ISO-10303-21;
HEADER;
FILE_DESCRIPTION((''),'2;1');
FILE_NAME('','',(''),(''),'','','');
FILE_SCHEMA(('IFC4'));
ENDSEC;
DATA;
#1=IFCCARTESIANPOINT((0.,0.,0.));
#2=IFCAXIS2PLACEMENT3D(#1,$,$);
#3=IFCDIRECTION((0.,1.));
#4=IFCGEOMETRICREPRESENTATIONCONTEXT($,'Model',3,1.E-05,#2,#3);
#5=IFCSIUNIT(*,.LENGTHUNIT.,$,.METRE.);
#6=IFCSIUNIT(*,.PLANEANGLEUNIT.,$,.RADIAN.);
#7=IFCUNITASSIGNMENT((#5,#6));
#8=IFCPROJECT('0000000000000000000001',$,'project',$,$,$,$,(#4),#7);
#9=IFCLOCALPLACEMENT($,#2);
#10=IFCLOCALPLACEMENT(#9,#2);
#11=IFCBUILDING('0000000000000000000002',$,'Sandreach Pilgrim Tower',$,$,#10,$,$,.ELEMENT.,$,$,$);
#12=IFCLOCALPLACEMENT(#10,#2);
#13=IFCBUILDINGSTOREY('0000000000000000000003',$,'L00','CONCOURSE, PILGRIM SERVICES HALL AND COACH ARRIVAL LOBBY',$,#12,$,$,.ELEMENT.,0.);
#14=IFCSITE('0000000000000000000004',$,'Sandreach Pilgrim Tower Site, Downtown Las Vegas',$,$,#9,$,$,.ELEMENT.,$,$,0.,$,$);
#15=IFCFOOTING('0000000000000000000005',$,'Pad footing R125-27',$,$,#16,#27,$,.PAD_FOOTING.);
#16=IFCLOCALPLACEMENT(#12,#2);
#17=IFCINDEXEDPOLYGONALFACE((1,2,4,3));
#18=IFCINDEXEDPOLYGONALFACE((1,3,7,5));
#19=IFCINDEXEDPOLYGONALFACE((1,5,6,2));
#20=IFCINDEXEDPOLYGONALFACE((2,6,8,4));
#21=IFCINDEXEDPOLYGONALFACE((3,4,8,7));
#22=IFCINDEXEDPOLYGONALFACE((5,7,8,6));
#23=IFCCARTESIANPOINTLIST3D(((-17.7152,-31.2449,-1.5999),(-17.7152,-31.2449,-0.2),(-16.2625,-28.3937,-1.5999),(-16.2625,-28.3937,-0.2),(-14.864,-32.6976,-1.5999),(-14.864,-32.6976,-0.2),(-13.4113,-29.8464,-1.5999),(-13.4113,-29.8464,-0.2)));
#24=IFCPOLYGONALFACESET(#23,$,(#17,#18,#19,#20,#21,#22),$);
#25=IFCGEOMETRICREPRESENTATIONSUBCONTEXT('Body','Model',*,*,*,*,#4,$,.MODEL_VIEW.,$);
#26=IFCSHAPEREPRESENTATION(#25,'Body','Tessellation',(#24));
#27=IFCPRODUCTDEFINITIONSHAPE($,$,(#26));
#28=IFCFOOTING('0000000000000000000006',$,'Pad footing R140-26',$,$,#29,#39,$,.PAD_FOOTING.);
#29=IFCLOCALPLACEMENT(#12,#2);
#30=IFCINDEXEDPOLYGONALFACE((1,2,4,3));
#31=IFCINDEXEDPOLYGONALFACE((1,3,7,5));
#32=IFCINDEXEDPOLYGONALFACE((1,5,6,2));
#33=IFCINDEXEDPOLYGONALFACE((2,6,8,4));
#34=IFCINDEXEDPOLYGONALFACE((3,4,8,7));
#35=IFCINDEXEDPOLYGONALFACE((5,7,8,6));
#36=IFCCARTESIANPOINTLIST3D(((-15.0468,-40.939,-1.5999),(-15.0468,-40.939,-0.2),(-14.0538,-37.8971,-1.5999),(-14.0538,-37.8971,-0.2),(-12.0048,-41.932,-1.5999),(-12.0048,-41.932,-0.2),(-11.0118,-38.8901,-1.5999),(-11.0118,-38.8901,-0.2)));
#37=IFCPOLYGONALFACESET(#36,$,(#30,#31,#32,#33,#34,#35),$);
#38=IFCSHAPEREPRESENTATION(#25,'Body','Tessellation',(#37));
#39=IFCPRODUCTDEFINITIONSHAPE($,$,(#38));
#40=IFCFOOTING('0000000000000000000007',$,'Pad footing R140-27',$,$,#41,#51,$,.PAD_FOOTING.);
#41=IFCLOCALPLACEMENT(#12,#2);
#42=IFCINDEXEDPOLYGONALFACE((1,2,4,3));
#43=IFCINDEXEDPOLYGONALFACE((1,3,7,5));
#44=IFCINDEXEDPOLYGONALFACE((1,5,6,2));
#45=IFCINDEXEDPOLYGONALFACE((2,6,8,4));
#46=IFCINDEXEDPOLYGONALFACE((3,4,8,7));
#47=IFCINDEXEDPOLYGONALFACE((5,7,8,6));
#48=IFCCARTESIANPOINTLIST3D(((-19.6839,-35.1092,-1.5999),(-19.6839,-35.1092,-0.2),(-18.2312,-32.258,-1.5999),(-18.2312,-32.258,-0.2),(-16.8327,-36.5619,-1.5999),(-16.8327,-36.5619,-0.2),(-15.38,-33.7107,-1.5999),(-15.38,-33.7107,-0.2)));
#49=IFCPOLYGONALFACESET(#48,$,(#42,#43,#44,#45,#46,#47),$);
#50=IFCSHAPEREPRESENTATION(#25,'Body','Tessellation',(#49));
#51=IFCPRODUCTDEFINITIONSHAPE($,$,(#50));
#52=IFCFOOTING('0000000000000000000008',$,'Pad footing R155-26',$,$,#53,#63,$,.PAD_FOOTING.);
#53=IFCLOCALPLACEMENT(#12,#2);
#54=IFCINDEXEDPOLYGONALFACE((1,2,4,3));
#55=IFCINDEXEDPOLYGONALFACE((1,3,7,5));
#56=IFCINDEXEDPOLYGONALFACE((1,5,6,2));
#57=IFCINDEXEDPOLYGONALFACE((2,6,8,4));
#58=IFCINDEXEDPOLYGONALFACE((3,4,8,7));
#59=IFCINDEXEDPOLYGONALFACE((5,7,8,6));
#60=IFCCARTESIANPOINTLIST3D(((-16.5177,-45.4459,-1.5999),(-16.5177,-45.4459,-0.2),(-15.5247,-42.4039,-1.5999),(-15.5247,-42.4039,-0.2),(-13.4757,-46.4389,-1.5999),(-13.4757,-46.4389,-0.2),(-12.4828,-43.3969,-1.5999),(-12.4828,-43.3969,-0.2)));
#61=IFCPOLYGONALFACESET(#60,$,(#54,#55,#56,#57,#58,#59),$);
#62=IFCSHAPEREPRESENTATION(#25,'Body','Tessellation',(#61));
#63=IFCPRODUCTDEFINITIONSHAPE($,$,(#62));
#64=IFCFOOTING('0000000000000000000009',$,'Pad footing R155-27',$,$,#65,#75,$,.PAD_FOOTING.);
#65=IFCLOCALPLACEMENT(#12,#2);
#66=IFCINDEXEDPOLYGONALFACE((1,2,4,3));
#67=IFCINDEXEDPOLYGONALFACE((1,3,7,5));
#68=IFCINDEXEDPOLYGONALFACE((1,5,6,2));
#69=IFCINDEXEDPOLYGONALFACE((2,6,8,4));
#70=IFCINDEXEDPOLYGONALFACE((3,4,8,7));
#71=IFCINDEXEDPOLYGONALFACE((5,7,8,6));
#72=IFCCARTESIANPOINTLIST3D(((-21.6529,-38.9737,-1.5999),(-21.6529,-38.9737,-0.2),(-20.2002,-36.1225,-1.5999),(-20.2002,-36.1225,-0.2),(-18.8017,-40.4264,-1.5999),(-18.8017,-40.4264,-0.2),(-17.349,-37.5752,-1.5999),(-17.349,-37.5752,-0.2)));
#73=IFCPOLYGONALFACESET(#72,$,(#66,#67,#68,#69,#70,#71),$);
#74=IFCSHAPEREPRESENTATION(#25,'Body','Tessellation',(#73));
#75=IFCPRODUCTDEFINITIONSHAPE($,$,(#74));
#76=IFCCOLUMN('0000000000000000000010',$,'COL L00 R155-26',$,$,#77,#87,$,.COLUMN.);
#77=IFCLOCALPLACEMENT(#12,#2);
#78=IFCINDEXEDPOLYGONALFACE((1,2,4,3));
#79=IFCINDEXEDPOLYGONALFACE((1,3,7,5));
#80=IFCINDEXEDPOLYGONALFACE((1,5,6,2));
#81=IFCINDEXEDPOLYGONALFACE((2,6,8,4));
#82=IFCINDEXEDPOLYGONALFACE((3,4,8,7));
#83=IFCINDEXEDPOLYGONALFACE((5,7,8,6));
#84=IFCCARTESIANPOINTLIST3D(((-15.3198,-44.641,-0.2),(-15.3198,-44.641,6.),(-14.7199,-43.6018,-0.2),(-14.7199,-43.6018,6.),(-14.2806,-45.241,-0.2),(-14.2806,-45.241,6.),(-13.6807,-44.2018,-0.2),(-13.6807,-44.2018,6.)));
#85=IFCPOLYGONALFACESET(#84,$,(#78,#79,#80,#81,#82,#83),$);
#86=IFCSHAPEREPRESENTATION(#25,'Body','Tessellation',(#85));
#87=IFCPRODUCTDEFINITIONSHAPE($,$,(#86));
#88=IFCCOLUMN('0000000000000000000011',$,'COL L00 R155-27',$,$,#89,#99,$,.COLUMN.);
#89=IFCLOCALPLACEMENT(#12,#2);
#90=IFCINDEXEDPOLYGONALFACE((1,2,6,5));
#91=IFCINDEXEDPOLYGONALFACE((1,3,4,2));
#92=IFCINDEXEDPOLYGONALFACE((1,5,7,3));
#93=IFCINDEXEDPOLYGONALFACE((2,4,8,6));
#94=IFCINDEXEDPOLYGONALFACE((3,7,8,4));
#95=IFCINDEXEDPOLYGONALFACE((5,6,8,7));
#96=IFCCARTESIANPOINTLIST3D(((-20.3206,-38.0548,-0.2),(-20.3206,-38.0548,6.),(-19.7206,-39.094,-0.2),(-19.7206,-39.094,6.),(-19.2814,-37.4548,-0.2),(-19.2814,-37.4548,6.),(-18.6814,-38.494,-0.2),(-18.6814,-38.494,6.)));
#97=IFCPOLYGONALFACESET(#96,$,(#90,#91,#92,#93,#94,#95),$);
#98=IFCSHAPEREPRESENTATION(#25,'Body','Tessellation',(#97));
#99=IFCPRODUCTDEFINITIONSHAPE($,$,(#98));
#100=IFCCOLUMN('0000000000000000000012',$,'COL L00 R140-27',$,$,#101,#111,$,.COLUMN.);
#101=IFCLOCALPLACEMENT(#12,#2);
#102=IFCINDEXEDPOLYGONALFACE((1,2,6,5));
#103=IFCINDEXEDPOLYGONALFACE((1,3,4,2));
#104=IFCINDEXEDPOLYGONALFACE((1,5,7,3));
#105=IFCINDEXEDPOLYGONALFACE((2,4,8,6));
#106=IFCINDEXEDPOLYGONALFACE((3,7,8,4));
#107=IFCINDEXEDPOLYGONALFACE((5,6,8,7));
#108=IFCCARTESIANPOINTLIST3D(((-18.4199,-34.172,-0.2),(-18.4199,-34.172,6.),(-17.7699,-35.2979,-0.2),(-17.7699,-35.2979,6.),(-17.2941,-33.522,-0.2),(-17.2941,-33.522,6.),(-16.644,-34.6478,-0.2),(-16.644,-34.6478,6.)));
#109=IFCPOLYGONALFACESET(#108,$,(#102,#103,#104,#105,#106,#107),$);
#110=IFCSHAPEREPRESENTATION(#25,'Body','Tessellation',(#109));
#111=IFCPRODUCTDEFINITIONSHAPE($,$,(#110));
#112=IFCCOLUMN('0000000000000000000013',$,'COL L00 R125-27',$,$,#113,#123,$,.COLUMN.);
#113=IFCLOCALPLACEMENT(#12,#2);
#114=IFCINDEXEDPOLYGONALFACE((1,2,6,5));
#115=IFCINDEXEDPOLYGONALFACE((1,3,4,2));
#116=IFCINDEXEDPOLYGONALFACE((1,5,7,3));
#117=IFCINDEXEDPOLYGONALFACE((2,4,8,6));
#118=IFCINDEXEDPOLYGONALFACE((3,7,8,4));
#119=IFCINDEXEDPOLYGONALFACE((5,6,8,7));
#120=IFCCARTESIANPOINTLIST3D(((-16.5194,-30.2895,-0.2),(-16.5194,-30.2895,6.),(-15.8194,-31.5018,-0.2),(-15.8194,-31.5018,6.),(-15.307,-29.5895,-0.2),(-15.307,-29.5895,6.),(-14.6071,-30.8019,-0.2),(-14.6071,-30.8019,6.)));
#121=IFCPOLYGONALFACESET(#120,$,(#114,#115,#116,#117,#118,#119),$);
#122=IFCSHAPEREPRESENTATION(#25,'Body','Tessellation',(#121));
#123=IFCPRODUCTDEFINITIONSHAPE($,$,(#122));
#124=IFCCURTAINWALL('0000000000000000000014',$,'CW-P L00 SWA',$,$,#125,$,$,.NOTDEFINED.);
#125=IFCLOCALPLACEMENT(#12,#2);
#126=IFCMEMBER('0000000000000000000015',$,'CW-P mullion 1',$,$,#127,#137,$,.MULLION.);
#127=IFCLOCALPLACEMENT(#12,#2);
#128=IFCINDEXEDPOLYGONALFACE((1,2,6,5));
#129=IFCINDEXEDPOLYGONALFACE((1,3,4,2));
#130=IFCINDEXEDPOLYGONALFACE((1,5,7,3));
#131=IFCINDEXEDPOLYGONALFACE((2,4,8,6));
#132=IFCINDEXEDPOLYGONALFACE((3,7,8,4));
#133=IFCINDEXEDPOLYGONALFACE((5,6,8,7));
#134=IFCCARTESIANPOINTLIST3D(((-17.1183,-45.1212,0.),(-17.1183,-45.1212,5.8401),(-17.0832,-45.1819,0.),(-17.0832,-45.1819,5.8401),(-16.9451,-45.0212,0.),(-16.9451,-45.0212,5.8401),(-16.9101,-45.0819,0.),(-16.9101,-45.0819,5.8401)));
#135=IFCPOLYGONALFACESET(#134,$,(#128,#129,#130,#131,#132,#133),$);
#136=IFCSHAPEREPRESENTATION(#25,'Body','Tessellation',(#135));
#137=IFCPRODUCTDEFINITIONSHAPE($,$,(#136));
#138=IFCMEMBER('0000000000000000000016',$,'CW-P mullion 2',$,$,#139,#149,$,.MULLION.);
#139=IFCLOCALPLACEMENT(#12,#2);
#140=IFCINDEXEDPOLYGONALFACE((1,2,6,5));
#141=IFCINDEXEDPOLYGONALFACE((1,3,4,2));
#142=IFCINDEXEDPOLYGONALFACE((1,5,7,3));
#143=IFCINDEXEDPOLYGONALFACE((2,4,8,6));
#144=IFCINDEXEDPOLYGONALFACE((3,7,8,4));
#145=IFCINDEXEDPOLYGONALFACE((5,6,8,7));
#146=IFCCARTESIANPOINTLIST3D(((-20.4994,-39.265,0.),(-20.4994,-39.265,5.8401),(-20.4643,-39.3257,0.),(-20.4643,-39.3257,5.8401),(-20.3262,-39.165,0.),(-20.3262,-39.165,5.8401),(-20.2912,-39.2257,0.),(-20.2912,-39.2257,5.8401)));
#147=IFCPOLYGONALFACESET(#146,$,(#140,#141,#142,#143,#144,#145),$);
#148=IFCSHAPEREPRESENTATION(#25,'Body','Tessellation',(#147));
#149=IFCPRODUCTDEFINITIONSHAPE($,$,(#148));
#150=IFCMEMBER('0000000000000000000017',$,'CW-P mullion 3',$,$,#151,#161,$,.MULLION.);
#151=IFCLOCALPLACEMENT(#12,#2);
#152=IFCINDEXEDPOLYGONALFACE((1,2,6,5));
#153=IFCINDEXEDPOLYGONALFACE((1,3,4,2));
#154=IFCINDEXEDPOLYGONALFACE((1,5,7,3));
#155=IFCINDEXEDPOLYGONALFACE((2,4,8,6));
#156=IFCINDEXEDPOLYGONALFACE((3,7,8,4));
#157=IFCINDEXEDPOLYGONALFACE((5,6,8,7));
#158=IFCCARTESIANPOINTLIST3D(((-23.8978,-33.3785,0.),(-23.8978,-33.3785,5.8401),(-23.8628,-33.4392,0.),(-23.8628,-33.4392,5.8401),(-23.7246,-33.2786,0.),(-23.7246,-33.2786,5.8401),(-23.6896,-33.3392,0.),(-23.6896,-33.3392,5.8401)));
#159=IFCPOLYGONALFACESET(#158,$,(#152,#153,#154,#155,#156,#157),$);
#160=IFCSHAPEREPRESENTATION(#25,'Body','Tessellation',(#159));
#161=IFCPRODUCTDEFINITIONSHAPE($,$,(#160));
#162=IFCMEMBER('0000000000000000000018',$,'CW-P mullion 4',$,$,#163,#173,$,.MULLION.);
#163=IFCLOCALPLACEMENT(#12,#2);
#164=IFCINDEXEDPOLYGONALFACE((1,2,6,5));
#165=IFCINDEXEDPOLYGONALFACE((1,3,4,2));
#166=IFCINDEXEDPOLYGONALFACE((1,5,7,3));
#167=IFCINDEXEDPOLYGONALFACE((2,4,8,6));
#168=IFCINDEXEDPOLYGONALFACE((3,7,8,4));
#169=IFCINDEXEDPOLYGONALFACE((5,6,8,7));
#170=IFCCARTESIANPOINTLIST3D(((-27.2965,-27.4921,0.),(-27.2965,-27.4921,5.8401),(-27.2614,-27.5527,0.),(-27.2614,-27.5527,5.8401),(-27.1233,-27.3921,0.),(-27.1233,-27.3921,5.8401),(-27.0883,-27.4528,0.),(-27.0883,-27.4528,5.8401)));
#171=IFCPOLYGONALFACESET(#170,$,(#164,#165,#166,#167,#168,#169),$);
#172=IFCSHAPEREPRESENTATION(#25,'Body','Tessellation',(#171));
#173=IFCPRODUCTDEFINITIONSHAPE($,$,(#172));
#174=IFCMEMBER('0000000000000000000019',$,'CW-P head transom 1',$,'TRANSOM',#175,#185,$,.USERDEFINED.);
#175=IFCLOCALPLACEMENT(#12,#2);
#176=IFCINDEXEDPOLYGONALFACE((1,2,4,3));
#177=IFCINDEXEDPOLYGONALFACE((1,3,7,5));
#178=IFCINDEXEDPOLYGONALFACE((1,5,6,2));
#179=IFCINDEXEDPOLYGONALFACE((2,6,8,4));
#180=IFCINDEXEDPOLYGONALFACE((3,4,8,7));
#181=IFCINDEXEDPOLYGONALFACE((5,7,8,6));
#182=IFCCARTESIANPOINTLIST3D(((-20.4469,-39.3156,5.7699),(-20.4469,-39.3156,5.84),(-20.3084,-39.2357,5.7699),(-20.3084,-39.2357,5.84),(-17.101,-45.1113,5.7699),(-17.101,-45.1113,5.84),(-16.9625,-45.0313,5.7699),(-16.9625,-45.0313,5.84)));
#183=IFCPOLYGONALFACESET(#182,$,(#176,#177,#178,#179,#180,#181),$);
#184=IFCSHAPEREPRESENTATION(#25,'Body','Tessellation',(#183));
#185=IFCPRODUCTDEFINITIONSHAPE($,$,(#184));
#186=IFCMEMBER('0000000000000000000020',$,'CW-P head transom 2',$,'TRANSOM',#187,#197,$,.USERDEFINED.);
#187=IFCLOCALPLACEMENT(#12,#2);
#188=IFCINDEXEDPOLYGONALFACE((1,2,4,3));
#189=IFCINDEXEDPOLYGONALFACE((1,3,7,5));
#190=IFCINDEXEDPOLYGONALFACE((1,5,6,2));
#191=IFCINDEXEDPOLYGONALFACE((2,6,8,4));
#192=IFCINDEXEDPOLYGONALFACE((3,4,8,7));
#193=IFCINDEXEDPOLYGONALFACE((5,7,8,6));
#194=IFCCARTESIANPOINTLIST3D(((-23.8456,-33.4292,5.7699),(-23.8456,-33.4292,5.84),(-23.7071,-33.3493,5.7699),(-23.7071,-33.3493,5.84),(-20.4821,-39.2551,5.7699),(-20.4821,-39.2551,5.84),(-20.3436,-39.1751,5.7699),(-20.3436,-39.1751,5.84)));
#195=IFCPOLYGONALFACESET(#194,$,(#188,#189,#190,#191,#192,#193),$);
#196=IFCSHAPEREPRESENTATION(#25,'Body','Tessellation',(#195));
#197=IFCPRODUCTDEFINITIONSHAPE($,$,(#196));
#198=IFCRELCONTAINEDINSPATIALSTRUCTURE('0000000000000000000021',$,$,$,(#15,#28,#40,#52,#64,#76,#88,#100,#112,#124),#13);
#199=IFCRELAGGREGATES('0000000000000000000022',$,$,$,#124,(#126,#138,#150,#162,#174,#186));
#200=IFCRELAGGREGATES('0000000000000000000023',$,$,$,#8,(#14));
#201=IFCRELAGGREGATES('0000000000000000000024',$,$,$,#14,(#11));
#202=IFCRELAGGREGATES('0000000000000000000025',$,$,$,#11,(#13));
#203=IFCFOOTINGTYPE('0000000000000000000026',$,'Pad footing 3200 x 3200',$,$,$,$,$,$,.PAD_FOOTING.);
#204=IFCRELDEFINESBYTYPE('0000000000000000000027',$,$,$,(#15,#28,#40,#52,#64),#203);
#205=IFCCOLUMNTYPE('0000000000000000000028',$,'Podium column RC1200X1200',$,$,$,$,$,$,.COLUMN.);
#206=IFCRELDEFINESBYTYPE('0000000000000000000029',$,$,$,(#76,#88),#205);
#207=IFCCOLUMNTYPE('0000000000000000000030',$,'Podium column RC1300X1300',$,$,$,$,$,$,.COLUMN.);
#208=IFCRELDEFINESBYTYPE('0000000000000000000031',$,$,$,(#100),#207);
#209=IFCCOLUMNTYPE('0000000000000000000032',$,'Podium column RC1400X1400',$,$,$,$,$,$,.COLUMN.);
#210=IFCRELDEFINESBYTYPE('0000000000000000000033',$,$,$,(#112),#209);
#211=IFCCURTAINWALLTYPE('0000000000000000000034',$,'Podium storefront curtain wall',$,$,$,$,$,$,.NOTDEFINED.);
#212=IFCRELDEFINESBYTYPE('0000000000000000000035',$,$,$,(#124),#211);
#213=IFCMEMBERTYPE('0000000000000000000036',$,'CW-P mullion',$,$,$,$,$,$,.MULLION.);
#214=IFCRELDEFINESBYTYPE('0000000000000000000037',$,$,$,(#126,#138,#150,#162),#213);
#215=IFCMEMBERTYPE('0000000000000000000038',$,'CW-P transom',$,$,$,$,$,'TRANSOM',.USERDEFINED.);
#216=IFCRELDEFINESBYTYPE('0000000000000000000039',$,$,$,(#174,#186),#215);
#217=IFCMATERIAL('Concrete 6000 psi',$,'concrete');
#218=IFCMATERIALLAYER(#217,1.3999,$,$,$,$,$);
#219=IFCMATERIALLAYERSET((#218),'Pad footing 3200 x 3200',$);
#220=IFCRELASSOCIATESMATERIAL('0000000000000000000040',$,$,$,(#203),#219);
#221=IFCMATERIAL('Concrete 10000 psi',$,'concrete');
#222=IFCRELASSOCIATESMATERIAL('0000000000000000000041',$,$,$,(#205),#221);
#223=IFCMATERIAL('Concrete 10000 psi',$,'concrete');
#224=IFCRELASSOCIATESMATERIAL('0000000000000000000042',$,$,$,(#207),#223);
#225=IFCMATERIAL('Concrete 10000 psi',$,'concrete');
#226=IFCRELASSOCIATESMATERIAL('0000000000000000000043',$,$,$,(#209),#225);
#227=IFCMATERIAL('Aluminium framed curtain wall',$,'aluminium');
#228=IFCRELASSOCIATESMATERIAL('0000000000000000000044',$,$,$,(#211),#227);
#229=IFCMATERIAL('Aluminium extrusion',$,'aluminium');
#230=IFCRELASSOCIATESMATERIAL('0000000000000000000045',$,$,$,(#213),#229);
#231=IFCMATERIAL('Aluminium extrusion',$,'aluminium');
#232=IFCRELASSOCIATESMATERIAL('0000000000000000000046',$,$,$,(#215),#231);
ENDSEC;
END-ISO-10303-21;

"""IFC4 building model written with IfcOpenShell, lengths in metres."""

from ifc_helpers import new_model, si_unit, direction, frame, origin, origin_2d, place, context, subcontext, project, spatial, rectangle, extrude, material, layer, layer_set, material_profile, profile_set, type_object, element, aggregate, save


model = new_model("IFC4")

# Units and contexts
model_context = context("Model", 3, precision=1e-05, world=origin(), true_north=direction((0.0, 1.0)))
body_context = subcontext(model_context, "Body", "Model", "MODEL_VIEW")
ifc_project = project(units=[si_unit("LENGTHUNIT", "METRE"), si_unit("PLANEANGLEUNIT", "RADIAN")], contexts=[model_context])

# Site, building, storey
site_placement = place(None, origin())
site = spatial("IfcSite", under=ifc_project, at=site_placement, Name="Sandreach Pilgrim Tower Site, Downtown Las Vegas", CompositionType="ELEMENT", RefElevation=0.0)
building_placement = place(site_placement, origin())
building = spatial("IfcBuilding", under=site, at=building_placement, Name="Sandreach Pilgrim Tower", CompositionType="ELEMENT")
storey_placement = place(building_placement, origin())
storey = spatial("IfcBuildingStorey", under=building, at=storey_placement, Name="L00", Description="CONCOURSE, PILGRIM SERVICES HALL AND COACH ARRIVAL LOBBY", CompositionType="ELEMENT", Elevation=0.0)

# Footings
ifc_material_1 = material(Name="Concrete 6000 psi", Category="concrete")
ifc_layer_1 = layer(ifc_material_1, 1.3999)
ifc_layer_set_1 = layer_set([ifc_layer_1], Name="Pad footing 3200 x 3200")
footing_type = type_object("IfcFootingType", Name="Pad footing 3200 x 3200", PredefinedType="PAD_FOOTING", material=ifc_layer_set_1)
for number, where, z_axis, x_axis, name in (
    (1, (-15.5632, -30.5457, -1.5999), (0.0, 0.0, 1.0), (-0.453977, -0.891013, 0.0), "Pad footing R125-27"),
    (2, (-13.0293, -39.9146, -1.5999), (0.0, 0.0, 1.0), (-0.310313, -0.950635, 0.0), "Pad footing R140-26"),
    (3, (-17.532, -34.4099, -1.5999), (0.0, 0.0, 1.0), (-0.453977, -0.891013, 0.0), "Pad footing R140-27"),
    (4, (-14.5002, -44.4214, -1.5999), (0.0, 0.0, 1.0), (-0.310313, -0.950635, 0.0), "Pad footing R155-26"),
    (5, (-19.501, -38.2744, -1.5999), (0.0, 0.0, 1.0), (-0.453977, -0.891013, 0.0), "Pad footing R155-27"),
):
    element("IfcFooting", number, at=place(storey_placement, frame(where, z_axis=z_axis, x_axis=x_axis)), inside=storey, type_object=footing_type, Name=name, PredefinedType="PAD_FOOTING", context=body_context, shape_type="SweptSolid", body=[
        extrude(rectangle(XDim=3.2, YDim=3.2, at=origin_2d()), origin(), (0.0, 0.0, 1.0), 1.3999),
    ])

# Columns
ifc_material_2 = material(Name="Concrete 10000 psi", Category="concrete")
ifc_material_profile_1 = material_profile(ifc_material_2, rectangle(XDim=1.2, YDim=1.2, at=origin_2d()), Name="RC1200X1200")
ifc_profile_set_1 = profile_set([ifc_material_profile_1], Name="Concrete 10000 psi")
column_type_1 = type_object("IfcColumnType", Name="Podium column RC1200X1200", PredefinedType="COLUMN", material=ifc_profile_set_1)
for number, where, z_axis, x_axis, name in (
    (6, (-14.5002, -44.4214, -0.2), (0.0, 0.0, 1.0), (-0.5, -0.866025, 0.0), "COL L00 R155-26"),
    (7, (-19.501, -38.2744, -0.2), (0.0, 0.0, 1.0), (-0.866025, -0.5, 0.0), "COL L00 R155-27"),
):
    element("IfcColumn", number, at=place(storey_placement, frame(where, z_axis=z_axis, x_axis=x_axis)), inside=storey, type_object=column_type_1, Name=name, PredefinedType="COLUMN", context=body_context, shape_type="SweptSolid", body=[
        extrude(rectangle(XDim=1.2, YDim=1.2, at=origin_2d()), origin(), (0.0, 0.0, 1.0), 6.2),
    ])
ifc_material_3 = material(Name="Concrete 10000 psi", Category="concrete")
ifc_material_profile_2 = material_profile(ifc_material_3, rectangle(XDim=1.3, YDim=1.3, at=origin_2d()), Name="RC1300X1300")
ifc_profile_set_2 = profile_set([ifc_material_profile_2], Name="Concrete 10000 psi")
column_type_2 = type_object("IfcColumnType", Name="Podium column RC1300X1300", PredefinedType="COLUMN", material=ifc_profile_set_2)
column_1_placement = place(storey_placement, frame((-17.532, -34.4099, -0.2), z_axis=(0.0, 0.0, 1.0), x_axis=(-0.866025, -0.5, 0.0)))
element("IfcColumn", 8, at=column_1_placement, inside=storey, type_object=column_type_2, Name="COL L00 R140-27", PredefinedType="COLUMN", context=body_context, shape_type="SweptSolid", body=[
    extrude(rectangle(XDim=1.3, YDim=1.3, at=origin_2d()), origin(), (0.0, 0.0, 1.0), 6.2),
])
ifc_material_4 = material(Name="Concrete 10000 psi", Category="concrete")
ifc_material_profile_3 = material_profile(ifc_material_4, rectangle(XDim=1.3999, YDim=1.3999, at=origin_2d()), Name="RC1400X1400")
ifc_profile_set_3 = profile_set([ifc_material_profile_3], Name="Concrete 10000 psi")
column_type_3 = type_object("IfcColumnType", Name="Podium column RC1400X1400", PredefinedType="COLUMN", material=ifc_profile_set_3)
column_2_placement = place(storey_placement, frame((-15.5632, -30.5457, -0.2), z_axis=(0.0, 0.0, 1.0), x_axis=(-0.866025, -0.5, 0.0)))
element("IfcColumn", 9, at=column_2_placement, inside=storey, type_object=column_type_3, Name="COL L00 R125-27", PredefinedType="COLUMN", context=body_context, shape_type="SweptSolid", body=[
    extrude(rectangle(XDim=1.3999, YDim=1.3999, at=origin_2d()), origin(), (0.0, 0.0, 1.0), 6.2),
])

# Curtain wall, members
ifc_material_5 = material(Name="Aluminium framed curtain wall", Category="aluminium")
curtain_wall_type = type_object("IfcCurtainWallType", Name="Podium storefront curtain wall", PredefinedType="NOTDEFINED", material=ifc_material_5)
curtain_wall_placement = place(storey_placement, origin())
curtain_wall = element("IfcCurtainWall", 10, at=curtain_wall_placement, inside=storey, type_object=curtain_wall_type, Name="CW-P L00 SWA", PredefinedType="NOTDEFINED")
ifc_material_6 = material(Name="Aluminium extrusion", Category="aluminium")
ifc_material_profile_4 = material_profile(ifc_material_6, rectangle(XDim=0.0701, YDim=0.2, at=origin_2d()), Name="CW-PM 70X200")
ifc_profile_set_4 = profile_set([ifc_material_profile_4], Name="Aluminium extrusion")
member_type_1 = type_object("IfcMemberType", Name="CW-P mullion", PredefinedType="MULLION", material=ifc_profile_set_4)
member_1_placement = place(storey_placement, frame((-17.0142, -45.1016, 0.0), z_axis=(0.0, 0.0, 1.0), x_axis=(-0.5, 0.866025, 0.0)))
member_1 = element("IfcMember", 11, at=member_1_placement, type_object=member_type_1, Name="CW-P mullion 1", PredefinedType="MULLION", context=body_context, shape_type="SweptSolid", body=[
    extrude(rectangle(XDim=0.0701, YDim=0.2, at=origin_2d()), origin(), (0.0, 0.0, 1.0), 5.8401),
])
member_2_placement = place(storey_placement, frame((-20.3953, -39.2454, 0.0), z_axis=(0.0, 0.0, 1.0), x_axis=(-0.5, 0.866025, 0.0)))
member_2 = element("IfcMember", 12, at=member_2_placement, type_object=member_type_1, Name="CW-P mullion 2", PredefinedType="MULLION", context=body_context, shape_type="SweptSolid", body=[
    extrude(rectangle(XDim=0.0701, YDim=0.2, at=origin_2d()), origin(), (0.0, 0.0, 1.0), 5.8401),
])
member_3_placement = place(storey_placement, frame((-23.7937, -33.3589, 0.0), z_axis=(0.0, 0.0, 1.0), x_axis=(-0.5, 0.866025, 0.0)))
member_3 = element("IfcMember", 13, at=member_3_placement, type_object=member_type_1, Name="CW-P mullion 3", PredefinedType="MULLION", context=body_context, shape_type="SweptSolid", body=[
    extrude(rectangle(XDim=0.0701, YDim=0.2, at=origin_2d()), origin(), (0.0, 0.0, 1.0), 5.8401),
])
member_4_placement = place(storey_placement, frame((-27.1924, -27.4724, 0.0), z_axis=(0.0, 0.0, 1.0), x_axis=(-0.5, 0.866025, 0.0)))
member_4 = element("IfcMember", 14, at=member_4_placement, type_object=member_type_1, Name="CW-P mullion 4", PredefinedType="MULLION", context=body_context, shape_type="SweptSolid", body=[
    extrude(rectangle(XDim=0.0701, YDim=0.2, at=origin_2d()), origin(), (0.0, 0.0, 1.0), 5.8401),
])
ifc_material_7 = material(Name="Aluminium extrusion", Category="aluminium")
ifc_material_profile_5 = material_profile(ifc_material_7, rectangle(XDim=0.1599, YDim=0.0701, at=origin_2d()), Name="CW-PT 160X70")
ifc_profile_set_5 = profile_set([ifc_material_profile_5], Name="Aluminium extrusion")
member_type_2 = type_object("IfcMemberType", Name="CW-P transom", ElementType="TRANSOM", PredefinedType="USERDEFINED", material=ifc_profile_set_5)
member_5_placement = place(storey_placement, frame((-17.0317, -45.0713, 5.8049), z_axis=(-0.49998, 0.866037, 0.0), x_axis=(-0.866037, -0.49998, 0.0)))
member_5 = element("IfcMember", 15, at=member_5_placement, type_object=member_type_2, Name="CW-P head transom 1", ObjectType="TRANSOM", PredefinedType="USERDEFINED", context=body_context, shape_type="SweptSolid", body=[
    extrude(rectangle(XDim=0.1599, YDim=0.0701, at=origin_2d()), origin(), (0.0, 0.0, 1.0), 6.6921),
])
member_6_placement = place(storey_placement, frame((-20.4128, -39.2151, 5.8049), z_axis=(-0.499992, 0.86603, 0.0), x_axis=(-0.86603, -0.499992, 0.0)))
member_6 = element("IfcMember", 16, at=member_6_placement, type_object=member_type_2, Name="CW-P head transom 2", ObjectType="TRANSOM", PredefinedType="USERDEFINED", context=body_context, shape_type="SweptSolid", body=[
    extrude(rectangle(XDim=0.1599, YDim=0.0701, at=origin_2d()), origin(), (0.0, 0.0, 1.0), 6.7271),
])

aggregate(curtain_wall, [member_1, member_2, member_3, member_4, member_5, member_6])

save(model, "model.ifc")
